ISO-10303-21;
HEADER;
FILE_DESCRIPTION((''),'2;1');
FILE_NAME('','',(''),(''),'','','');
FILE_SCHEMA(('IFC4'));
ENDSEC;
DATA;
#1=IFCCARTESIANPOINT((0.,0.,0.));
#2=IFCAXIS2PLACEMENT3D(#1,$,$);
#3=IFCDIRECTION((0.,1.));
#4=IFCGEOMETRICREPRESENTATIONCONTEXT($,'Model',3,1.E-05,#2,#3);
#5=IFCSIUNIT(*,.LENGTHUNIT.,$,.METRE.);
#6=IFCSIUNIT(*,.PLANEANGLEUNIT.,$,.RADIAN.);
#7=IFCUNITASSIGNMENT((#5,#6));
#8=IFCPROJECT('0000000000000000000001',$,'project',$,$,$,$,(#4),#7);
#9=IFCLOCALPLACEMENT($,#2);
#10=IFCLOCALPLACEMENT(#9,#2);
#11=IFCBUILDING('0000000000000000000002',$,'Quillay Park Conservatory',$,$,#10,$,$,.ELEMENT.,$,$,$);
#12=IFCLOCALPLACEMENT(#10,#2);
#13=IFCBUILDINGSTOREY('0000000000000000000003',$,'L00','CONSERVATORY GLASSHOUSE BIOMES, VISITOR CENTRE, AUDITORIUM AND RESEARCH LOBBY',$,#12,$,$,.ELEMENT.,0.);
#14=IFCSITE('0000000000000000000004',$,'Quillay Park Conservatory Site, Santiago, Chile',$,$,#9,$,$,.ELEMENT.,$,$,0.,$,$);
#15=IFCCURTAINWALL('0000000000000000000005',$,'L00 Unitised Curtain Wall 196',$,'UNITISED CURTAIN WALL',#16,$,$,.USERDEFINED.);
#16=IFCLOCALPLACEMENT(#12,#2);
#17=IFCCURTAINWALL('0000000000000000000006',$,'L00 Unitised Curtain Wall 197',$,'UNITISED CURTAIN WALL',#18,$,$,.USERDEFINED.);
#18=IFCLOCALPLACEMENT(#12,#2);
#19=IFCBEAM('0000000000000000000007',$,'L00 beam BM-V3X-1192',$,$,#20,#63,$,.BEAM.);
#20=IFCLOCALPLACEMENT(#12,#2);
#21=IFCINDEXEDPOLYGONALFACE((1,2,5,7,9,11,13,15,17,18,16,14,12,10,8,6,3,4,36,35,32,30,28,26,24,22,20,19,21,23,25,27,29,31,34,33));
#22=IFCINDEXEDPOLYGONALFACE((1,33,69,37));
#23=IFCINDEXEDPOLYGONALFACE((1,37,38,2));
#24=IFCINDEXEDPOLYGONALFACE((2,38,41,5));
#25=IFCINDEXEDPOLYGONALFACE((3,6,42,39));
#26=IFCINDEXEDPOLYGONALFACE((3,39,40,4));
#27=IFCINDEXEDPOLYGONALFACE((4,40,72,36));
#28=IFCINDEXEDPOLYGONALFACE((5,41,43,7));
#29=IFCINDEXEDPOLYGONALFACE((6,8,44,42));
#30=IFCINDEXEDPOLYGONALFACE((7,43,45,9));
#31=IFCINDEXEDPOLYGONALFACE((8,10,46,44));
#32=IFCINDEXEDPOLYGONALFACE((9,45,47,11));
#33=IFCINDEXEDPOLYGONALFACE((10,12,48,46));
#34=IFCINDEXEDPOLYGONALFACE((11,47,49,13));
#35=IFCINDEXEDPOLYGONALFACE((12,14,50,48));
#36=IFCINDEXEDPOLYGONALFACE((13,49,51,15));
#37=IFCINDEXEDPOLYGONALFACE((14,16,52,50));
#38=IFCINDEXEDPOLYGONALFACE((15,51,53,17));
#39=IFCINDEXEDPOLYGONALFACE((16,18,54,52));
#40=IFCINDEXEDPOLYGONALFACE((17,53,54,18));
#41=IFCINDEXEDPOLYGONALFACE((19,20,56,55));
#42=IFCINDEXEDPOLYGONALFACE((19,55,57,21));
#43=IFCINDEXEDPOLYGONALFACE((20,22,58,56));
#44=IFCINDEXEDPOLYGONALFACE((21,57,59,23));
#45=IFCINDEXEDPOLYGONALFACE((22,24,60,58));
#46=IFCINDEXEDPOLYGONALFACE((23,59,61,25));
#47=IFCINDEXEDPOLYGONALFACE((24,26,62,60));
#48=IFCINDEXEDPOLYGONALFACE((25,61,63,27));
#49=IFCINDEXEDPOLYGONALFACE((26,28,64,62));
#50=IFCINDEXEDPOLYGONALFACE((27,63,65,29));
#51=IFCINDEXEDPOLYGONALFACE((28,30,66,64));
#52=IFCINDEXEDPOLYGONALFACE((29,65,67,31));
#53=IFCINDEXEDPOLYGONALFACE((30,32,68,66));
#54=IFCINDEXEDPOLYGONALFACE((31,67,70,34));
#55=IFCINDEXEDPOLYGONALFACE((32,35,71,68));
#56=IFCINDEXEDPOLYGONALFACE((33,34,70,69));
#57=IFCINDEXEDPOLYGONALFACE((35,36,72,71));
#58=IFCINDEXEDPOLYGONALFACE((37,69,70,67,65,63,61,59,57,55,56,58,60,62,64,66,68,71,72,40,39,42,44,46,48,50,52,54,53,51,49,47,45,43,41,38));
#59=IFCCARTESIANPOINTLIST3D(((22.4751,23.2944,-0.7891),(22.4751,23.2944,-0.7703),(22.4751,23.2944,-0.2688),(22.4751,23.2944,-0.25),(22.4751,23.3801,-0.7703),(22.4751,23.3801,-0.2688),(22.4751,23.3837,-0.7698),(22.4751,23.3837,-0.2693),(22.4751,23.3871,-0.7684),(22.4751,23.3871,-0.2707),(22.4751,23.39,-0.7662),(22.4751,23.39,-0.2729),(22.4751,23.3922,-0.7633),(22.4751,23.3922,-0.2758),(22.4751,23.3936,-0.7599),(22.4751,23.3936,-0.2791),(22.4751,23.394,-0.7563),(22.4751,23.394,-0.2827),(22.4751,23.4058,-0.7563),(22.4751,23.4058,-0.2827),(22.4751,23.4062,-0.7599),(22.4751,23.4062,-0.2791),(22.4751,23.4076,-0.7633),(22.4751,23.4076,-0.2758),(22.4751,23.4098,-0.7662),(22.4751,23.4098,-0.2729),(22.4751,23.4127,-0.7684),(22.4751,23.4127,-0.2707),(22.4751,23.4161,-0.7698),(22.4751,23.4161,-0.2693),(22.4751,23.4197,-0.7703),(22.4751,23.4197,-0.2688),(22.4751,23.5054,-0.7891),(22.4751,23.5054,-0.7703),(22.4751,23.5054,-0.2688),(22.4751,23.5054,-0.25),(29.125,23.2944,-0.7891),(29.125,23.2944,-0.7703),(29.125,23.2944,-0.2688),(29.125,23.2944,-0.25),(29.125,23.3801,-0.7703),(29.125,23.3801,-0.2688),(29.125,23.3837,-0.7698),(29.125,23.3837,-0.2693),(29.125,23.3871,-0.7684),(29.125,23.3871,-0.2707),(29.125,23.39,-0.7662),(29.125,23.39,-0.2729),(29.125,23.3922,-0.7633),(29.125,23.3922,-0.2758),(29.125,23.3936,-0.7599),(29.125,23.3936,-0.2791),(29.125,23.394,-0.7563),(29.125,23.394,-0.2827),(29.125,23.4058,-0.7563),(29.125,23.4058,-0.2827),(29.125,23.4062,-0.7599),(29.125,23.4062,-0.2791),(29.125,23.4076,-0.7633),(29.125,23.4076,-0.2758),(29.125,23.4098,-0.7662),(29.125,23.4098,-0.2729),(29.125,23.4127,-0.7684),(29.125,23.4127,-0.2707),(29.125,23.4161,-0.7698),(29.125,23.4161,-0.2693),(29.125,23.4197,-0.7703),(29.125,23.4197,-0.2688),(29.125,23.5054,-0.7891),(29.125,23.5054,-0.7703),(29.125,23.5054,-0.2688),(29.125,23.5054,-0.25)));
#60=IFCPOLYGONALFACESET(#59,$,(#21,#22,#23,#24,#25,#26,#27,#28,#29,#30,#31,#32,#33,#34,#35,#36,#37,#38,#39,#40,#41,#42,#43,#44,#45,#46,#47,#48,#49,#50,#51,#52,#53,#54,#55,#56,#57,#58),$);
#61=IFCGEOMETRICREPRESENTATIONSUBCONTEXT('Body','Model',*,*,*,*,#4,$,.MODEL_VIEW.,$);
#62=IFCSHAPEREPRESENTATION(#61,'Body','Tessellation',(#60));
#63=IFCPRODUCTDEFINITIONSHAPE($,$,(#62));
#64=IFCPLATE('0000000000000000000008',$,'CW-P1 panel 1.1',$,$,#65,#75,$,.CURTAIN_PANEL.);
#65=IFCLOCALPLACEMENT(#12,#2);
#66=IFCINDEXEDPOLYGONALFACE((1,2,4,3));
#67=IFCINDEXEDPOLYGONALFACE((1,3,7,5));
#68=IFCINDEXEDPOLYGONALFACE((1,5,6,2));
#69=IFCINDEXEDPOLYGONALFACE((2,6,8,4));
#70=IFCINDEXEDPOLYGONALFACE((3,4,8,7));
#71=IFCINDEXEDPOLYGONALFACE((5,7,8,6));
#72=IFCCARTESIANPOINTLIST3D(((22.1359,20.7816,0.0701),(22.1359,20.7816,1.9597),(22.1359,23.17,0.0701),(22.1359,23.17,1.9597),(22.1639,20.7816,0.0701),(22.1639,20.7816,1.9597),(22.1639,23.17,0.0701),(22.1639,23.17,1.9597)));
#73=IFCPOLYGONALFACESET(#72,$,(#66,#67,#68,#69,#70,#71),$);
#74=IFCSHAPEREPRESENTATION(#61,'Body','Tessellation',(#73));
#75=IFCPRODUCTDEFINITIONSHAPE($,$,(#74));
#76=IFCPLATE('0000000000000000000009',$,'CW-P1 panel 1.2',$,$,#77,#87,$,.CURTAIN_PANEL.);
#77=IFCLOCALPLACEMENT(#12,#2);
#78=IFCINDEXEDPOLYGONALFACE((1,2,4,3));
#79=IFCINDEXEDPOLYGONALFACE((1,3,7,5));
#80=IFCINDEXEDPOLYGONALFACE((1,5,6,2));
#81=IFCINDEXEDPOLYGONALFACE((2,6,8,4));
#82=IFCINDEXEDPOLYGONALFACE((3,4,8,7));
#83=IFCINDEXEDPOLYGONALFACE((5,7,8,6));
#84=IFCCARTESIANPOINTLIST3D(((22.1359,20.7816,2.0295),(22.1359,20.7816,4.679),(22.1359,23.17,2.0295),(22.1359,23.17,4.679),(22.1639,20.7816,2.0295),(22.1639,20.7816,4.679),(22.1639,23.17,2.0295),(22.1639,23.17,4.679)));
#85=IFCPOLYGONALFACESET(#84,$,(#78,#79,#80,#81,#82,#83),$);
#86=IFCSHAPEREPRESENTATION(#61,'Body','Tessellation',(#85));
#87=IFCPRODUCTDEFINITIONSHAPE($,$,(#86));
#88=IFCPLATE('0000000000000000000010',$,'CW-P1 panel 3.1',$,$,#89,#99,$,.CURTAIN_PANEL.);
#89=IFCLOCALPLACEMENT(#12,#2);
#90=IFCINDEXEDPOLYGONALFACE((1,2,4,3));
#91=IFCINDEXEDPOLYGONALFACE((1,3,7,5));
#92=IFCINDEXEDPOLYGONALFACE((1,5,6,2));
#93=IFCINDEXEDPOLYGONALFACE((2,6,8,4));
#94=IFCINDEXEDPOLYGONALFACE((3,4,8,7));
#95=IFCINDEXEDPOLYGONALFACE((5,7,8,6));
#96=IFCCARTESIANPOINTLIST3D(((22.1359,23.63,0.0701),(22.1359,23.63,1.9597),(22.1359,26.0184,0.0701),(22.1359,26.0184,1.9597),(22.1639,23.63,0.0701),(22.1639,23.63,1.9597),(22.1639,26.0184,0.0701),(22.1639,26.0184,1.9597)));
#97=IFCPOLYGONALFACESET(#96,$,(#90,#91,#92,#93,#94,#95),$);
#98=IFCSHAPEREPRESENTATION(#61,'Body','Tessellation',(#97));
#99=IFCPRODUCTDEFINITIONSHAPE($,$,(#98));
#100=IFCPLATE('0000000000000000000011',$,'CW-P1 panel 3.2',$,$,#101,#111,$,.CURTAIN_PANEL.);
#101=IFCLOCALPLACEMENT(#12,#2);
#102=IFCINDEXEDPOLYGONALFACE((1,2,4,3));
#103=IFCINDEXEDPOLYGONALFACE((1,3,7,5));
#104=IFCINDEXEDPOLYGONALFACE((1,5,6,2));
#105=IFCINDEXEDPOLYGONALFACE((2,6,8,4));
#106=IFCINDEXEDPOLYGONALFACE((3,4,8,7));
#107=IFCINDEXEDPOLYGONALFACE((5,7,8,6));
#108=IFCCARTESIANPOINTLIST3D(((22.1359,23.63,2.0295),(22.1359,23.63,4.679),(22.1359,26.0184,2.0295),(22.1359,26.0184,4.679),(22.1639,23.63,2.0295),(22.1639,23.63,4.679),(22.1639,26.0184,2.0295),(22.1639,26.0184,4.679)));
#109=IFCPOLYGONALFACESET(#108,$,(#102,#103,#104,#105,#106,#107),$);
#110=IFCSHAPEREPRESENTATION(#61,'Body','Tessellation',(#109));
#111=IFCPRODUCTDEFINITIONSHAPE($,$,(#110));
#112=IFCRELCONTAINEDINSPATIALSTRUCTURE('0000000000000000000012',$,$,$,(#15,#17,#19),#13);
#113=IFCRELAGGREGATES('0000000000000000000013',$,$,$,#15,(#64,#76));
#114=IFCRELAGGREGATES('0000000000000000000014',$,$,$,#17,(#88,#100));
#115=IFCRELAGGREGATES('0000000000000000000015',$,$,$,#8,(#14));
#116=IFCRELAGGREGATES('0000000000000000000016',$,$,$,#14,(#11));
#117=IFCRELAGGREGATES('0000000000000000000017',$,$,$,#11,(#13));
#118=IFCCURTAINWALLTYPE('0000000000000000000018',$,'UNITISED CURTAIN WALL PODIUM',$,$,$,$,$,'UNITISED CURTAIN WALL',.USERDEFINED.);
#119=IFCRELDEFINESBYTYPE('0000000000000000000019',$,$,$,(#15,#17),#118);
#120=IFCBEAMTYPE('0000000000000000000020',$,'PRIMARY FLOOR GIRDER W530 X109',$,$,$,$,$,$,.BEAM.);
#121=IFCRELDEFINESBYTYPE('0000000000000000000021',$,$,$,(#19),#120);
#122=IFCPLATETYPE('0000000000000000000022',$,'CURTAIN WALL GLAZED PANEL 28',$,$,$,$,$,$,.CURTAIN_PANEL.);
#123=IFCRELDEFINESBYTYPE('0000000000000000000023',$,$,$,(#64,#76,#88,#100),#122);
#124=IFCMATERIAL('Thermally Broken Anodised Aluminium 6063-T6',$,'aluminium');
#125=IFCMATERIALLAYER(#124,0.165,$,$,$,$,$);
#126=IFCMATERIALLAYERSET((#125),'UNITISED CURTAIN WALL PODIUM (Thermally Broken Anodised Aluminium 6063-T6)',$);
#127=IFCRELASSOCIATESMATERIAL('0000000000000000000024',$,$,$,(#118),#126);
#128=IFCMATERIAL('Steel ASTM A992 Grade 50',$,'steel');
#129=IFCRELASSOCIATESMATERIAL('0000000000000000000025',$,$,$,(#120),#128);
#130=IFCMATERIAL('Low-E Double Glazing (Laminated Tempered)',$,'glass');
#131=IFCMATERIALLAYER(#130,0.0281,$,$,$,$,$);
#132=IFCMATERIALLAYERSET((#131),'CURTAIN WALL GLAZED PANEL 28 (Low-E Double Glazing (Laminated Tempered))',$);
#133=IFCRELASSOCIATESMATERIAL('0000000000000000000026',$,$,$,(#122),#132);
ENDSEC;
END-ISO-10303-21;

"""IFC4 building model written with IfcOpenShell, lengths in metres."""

from ifc_helpers import new_model, si_unit, direction, frame, origin, origin_2d, place, context, subcontext, project, spatial, rectangle, i_section, extrude, material, layer, layer_set, material_profile, profile_set, type_object, element, aggregate, save


model = new_model("IFC4")

# Units and contexts
model_context = context("Model", 3, precision=1e-05, world=origin(), true_north=direction((0.0, 1.0)))
body_context = subcontext(model_context, "Body", "Model", "MODEL_VIEW")
ifc_project = project(units=[si_unit("LENGTHUNIT", "METRE"), si_unit("PLANEANGLEUNIT", "RADIAN")], contexts=[model_context])

# Site, building, storey
site_placement = place(None, origin())
site = spatial("IfcSite", under=ifc_project, at=site_placement, Name="Quillay Park Conservatory Site, Santiago, Chile", CompositionType="ELEMENT", RefElevation=0.0)
building_placement = place(site_placement, origin())
building = spatial("IfcBuilding", under=site, at=building_placement, Name="Quillay Park Conservatory", CompositionType="ELEMENT")
storey_placement = place(building_placement, origin())
storey = spatial("IfcBuildingStorey", under=building, at=storey_placement, Name="L00", Description="CONSERVATORY GLASSHOUSE BIOMES, VISITOR CENTRE, AUDITORIUM AND RESEARCH LOBBY", CompositionType="ELEMENT", Elevation=0.0)

# Curtain walls
ifc_material_1 = material(Name="Thermally Broken Anodised Aluminium 6063-T6", Category="aluminium")
ifc_layer_1 = layer(ifc_material_1, 0.165)
ifc_layer_set_1 = layer_set([ifc_layer_1], Name="UNITISED CURTAIN WALL PODIUM (Thermally Broken Anodised Aluminium 6063-T6)")
curtain_wall_type = type_object("IfcCurtainWallType", Name="UNITISED CURTAIN WALL PODIUM", ElementType="UNITISED CURTAIN WALL", PredefinedType="USERDEFINED", material=ifc_layer_set_1)
curtain_wall_1_placement = place(storey_placement, origin())
curtain_wall_1 = element("IfcCurtainWall", 1, at=curtain_wall_1_placement, inside=storey, type_object=curtain_wall_type, Name="L00 Unitised Curtain Wall 196", ObjectType="UNITISED CURTAIN WALL", PredefinedType="USERDEFINED")
curtain_wall_2_placement = place(storey_placement, origin())
curtain_wall_2 = element("IfcCurtainWall", 2, at=curtain_wall_2_placement, inside=storey, type_object=curtain_wall_type, Name="L00 Unitised Curtain Wall 197", ObjectType="UNITISED CURTAIN WALL", PredefinedType="USERDEFINED")

# Beam
ifc_material_2 = material(Name="Steel ASTM A992 Grade 50", Category="steel")
ifc_material_profile_1 = material_profile(ifc_material_2, i_section(OverallWidth=0.2109, OverallDepth=0.5391, WebThickness=0.0117, FlangeThickness=0.0188, FilletRadius=0.0139, at=origin_2d()), Name="W530x109")
ifc_profile_set_1 = profile_set([ifc_material_profile_1], Name="Steel ASTM A992 Grade 50")
beam_type_1 = type_object("IfcBeamType", Name="PRIMARY FLOOR GIRDER W530 X109", PredefinedType="BEAM", material=ifc_profile_set_1)
beam_placement = place(storey_placement, frame((22.4751, 23.3999, -0.5195), z_axis=(1.0, 0.0, 0.0), x_axis=(0.0, 1.0, 0.0)))
element("IfcBeam", 3, at=beam_placement, inside=storey, type_object=beam_type_1, Name="L00 beam BM-V3X-1192", PredefinedType="BEAM", context=body_context, shape_type="SweptSolid", body=[
    extrude(i_section(OverallWidth=0.2109, OverallDepth=0.5391, WebThickness=0.0117, FlangeThickness=0.0188, FilletRadius=0.0139, at=origin_2d()), origin(), (0.0, 0.0, 1.0), 6.6499),
])

# Plates
ifc_material_3 = material(Name="Low-E Double Glazing (Laminated Tempered)", Category="glass")
ifc_layer_2 = layer(ifc_material_3, 0.0281)
ifc_layer_set_2 = layer_set([ifc_layer_2], Name="CURTAIN WALL GLAZED PANEL 28 (Low-E Double Glazing (Laminated Tempered))")
plate_type = type_object("IfcPlateType", Name="CURTAIN WALL GLAZED PANEL 28", PredefinedType="CURTAIN_PANEL", material=ifc_layer_set_2)
plate_1_placement = place(storey_placement, frame((22.1499, 21.9758, 0.0701), z_axis=(0.0, 0.0, 1.0), x_axis=(0.0, -1.0, 0.0)))
plate_1 = element("IfcPlate", 4, at=plate_1_placement, type_object=plate_type, Name="CW-P1 panel 1.1", PredefinedType="CURTAIN_PANEL", context=body_context, shape_type="SweptSolid", body=[
    extrude(rectangle(XDim=2.3884, YDim=0.0281, at=origin_2d()), origin(), (0.0, 0.0, 1.0), 1.8896),
])
plate_2_placement = place(storey_placement, frame((22.1499, 21.9758, 2.0295), z_axis=(0.0, 0.0, 1.0), x_axis=(0.0, -1.0, 0.0)))
plate_2 = element("IfcPlate", 5, at=plate_2_placement, type_object=plate_type, Name="CW-P1 panel 1.2", PredefinedType="CURTAIN_PANEL", context=body_context, shape_type="SweptSolid", body=[
    extrude(rectangle(XDim=2.3884, YDim=0.0281, at=origin_2d()), origin(), (0.0, 0.0, 1.0), 2.6494),
])
aggregate(curtain_wall_1, [plate_1, plate_2])
plate_3_placement = place(storey_placement, frame((22.1499, 24.8242, 0.0701), z_axis=(0.0, 0.0, 1.0), x_axis=(0.0, -1.0, 0.0)))
plate_3 = element("IfcPlate", 6, at=plate_3_placement, type_object=plate_type, Name="CW-P1 panel 3.1", PredefinedType="CURTAIN_PANEL", context=body_context, shape_type="SweptSolid", body=[
    extrude(rectangle(XDim=2.3884, YDim=0.0281, at=origin_2d()), origin(), (0.0, 0.0, 1.0), 1.8896),
])
plate_4_placement = place(storey_placement, frame((22.1499, 24.8242, 2.0295), z_axis=(0.0, 0.0, 1.0), x_axis=(0.0, -1.0, 0.0)))
plate_4 = element("IfcPlate", 7, at=plate_4_placement, type_object=plate_type, Name="CW-P1 panel 3.2", PredefinedType="CURTAIN_PANEL", context=body_context, shape_type="SweptSolid", body=[
    extrude(rectangle(XDim=2.3884, YDim=0.0281, at=origin_2d()), origin(), (0.0, 0.0, 1.0), 2.6494),
])
aggregate(curtain_wall_2, [plate_3, plate_4])

save(model, "model.ifc")
